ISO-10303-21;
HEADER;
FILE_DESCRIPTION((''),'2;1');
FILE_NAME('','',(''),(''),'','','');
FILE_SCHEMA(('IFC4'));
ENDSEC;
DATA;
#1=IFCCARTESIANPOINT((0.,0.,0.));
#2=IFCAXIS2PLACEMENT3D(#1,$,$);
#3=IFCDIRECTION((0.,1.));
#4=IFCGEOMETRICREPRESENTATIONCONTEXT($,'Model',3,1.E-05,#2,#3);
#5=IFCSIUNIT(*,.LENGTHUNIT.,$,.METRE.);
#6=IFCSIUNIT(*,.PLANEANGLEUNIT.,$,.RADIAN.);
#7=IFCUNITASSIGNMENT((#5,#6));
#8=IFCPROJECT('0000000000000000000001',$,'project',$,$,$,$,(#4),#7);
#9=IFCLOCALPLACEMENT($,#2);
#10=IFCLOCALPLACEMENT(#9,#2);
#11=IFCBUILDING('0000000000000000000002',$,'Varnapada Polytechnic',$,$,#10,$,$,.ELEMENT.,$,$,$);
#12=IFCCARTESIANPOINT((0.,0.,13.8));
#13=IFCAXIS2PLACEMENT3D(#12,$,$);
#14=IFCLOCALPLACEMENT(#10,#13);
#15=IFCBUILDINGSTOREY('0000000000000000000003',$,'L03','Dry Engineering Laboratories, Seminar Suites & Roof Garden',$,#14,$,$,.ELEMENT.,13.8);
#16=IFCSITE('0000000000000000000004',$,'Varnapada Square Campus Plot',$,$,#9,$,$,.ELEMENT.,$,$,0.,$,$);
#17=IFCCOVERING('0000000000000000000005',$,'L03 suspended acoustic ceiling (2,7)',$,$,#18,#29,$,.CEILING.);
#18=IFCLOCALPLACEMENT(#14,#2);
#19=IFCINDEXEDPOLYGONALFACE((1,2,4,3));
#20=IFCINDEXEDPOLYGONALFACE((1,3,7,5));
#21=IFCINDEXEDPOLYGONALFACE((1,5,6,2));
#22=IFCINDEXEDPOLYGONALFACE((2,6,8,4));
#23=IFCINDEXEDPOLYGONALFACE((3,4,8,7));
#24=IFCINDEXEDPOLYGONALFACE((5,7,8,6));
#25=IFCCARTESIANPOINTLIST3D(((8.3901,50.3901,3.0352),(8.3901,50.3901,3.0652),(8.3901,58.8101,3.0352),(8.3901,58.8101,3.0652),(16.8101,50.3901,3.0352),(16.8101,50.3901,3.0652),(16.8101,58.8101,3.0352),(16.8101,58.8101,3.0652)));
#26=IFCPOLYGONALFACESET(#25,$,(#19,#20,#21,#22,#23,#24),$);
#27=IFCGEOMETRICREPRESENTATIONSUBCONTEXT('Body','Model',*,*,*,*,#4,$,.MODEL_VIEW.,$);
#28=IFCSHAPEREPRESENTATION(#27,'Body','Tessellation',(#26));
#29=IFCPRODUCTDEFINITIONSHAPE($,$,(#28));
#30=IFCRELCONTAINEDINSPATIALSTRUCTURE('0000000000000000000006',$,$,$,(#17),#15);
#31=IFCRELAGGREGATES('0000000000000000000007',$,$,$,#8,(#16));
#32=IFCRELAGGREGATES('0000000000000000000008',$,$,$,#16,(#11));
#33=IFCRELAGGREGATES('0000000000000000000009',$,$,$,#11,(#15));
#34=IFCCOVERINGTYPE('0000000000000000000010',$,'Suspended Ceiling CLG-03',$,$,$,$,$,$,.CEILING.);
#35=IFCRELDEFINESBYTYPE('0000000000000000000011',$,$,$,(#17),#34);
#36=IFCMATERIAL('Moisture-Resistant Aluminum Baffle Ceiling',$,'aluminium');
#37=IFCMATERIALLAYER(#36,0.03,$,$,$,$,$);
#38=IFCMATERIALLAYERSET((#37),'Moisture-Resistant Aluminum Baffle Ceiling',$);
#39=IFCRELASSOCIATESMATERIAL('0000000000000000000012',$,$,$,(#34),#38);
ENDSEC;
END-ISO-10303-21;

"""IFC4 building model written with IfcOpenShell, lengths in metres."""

from ifc_helpers import new_model, si_unit, direction, frame, origin, origin_2d, place, context, subcontext, project, spatial, rectangle, extrude, material, layer, layer_set, type_object, element, save


model = new_model("IFC4")

# Units and contexts
model_context = context("Model", 3, precision=1e-05, world=origin(), true_north=direction((0.0, 1.0)))
body_context = subcontext(model_context, "Body", "Model", "MODEL_VIEW")
ifc_project = project(units=[si_unit("LENGTHUNIT", "METRE"), si_unit("PLANEANGLEUNIT", "RADIAN")], contexts=[model_context])

# Site, building, storey
site_placement = place(None, origin())
site = spatial("IfcSite", under=ifc_project, at=site_placement, Name="Varnapada Square Campus Plot", CompositionType="ELEMENT", RefElevation=0.0)
building_placement = place(site_placement, origin())
building = spatial("IfcBuilding", under=site, at=building_placement, Name="Varnapada Polytechnic", CompositionType="ELEMENT")
storey_placement = place(building_placement, frame((0.0, 0.0, 13.8)))
storey = spatial("IfcBuildingStorey", under=building, at=storey_placement, Name="L03", Description="Dry Engineering Laboratories, Seminar Suites & Roof Garden", CompositionType="ELEMENT", Elevation=13.8)

# Covering
ifc_material_1 = material(Name="Moisture-Resistant Aluminum Baffle Ceiling", Category="aluminium")
ifc_layer_1 = layer(ifc_material_1, 0.03)
ifc_layer_set_1 = layer_set([ifc_layer_1], Name="Moisture-Resistant Aluminum Baffle Ceiling")
covering_type = type_object("IfcCoveringType", Name="Suspended Ceiling CLG-03", PredefinedType="CEILING", material=ifc_layer_set_1)
for number, where, z_axis, x_axis, name in (
    (1, (12.6001, 54.6001, 3.0352), (0.0, 0.0, 1.0), (1.0, 0.0, 0.0), "L03 suspended acoustic ceiling (2,7)"),
):
    element("IfcCovering", number, at=place(storey_placement, frame(where, z_axis=z_axis, x_axis=x_axis)), inside=storey, type_object=covering_type, Name=name, PredefinedType="CEILING", context=body_context, shape_type="SweptSolid", body=[
        extrude(rectangle(XDim=8.4199, YDim=8.4199, at=origin_2d()), origin(), (0.0, 0.0, 1.0), 0.03),
    ])

save(model, "model.ifc")
